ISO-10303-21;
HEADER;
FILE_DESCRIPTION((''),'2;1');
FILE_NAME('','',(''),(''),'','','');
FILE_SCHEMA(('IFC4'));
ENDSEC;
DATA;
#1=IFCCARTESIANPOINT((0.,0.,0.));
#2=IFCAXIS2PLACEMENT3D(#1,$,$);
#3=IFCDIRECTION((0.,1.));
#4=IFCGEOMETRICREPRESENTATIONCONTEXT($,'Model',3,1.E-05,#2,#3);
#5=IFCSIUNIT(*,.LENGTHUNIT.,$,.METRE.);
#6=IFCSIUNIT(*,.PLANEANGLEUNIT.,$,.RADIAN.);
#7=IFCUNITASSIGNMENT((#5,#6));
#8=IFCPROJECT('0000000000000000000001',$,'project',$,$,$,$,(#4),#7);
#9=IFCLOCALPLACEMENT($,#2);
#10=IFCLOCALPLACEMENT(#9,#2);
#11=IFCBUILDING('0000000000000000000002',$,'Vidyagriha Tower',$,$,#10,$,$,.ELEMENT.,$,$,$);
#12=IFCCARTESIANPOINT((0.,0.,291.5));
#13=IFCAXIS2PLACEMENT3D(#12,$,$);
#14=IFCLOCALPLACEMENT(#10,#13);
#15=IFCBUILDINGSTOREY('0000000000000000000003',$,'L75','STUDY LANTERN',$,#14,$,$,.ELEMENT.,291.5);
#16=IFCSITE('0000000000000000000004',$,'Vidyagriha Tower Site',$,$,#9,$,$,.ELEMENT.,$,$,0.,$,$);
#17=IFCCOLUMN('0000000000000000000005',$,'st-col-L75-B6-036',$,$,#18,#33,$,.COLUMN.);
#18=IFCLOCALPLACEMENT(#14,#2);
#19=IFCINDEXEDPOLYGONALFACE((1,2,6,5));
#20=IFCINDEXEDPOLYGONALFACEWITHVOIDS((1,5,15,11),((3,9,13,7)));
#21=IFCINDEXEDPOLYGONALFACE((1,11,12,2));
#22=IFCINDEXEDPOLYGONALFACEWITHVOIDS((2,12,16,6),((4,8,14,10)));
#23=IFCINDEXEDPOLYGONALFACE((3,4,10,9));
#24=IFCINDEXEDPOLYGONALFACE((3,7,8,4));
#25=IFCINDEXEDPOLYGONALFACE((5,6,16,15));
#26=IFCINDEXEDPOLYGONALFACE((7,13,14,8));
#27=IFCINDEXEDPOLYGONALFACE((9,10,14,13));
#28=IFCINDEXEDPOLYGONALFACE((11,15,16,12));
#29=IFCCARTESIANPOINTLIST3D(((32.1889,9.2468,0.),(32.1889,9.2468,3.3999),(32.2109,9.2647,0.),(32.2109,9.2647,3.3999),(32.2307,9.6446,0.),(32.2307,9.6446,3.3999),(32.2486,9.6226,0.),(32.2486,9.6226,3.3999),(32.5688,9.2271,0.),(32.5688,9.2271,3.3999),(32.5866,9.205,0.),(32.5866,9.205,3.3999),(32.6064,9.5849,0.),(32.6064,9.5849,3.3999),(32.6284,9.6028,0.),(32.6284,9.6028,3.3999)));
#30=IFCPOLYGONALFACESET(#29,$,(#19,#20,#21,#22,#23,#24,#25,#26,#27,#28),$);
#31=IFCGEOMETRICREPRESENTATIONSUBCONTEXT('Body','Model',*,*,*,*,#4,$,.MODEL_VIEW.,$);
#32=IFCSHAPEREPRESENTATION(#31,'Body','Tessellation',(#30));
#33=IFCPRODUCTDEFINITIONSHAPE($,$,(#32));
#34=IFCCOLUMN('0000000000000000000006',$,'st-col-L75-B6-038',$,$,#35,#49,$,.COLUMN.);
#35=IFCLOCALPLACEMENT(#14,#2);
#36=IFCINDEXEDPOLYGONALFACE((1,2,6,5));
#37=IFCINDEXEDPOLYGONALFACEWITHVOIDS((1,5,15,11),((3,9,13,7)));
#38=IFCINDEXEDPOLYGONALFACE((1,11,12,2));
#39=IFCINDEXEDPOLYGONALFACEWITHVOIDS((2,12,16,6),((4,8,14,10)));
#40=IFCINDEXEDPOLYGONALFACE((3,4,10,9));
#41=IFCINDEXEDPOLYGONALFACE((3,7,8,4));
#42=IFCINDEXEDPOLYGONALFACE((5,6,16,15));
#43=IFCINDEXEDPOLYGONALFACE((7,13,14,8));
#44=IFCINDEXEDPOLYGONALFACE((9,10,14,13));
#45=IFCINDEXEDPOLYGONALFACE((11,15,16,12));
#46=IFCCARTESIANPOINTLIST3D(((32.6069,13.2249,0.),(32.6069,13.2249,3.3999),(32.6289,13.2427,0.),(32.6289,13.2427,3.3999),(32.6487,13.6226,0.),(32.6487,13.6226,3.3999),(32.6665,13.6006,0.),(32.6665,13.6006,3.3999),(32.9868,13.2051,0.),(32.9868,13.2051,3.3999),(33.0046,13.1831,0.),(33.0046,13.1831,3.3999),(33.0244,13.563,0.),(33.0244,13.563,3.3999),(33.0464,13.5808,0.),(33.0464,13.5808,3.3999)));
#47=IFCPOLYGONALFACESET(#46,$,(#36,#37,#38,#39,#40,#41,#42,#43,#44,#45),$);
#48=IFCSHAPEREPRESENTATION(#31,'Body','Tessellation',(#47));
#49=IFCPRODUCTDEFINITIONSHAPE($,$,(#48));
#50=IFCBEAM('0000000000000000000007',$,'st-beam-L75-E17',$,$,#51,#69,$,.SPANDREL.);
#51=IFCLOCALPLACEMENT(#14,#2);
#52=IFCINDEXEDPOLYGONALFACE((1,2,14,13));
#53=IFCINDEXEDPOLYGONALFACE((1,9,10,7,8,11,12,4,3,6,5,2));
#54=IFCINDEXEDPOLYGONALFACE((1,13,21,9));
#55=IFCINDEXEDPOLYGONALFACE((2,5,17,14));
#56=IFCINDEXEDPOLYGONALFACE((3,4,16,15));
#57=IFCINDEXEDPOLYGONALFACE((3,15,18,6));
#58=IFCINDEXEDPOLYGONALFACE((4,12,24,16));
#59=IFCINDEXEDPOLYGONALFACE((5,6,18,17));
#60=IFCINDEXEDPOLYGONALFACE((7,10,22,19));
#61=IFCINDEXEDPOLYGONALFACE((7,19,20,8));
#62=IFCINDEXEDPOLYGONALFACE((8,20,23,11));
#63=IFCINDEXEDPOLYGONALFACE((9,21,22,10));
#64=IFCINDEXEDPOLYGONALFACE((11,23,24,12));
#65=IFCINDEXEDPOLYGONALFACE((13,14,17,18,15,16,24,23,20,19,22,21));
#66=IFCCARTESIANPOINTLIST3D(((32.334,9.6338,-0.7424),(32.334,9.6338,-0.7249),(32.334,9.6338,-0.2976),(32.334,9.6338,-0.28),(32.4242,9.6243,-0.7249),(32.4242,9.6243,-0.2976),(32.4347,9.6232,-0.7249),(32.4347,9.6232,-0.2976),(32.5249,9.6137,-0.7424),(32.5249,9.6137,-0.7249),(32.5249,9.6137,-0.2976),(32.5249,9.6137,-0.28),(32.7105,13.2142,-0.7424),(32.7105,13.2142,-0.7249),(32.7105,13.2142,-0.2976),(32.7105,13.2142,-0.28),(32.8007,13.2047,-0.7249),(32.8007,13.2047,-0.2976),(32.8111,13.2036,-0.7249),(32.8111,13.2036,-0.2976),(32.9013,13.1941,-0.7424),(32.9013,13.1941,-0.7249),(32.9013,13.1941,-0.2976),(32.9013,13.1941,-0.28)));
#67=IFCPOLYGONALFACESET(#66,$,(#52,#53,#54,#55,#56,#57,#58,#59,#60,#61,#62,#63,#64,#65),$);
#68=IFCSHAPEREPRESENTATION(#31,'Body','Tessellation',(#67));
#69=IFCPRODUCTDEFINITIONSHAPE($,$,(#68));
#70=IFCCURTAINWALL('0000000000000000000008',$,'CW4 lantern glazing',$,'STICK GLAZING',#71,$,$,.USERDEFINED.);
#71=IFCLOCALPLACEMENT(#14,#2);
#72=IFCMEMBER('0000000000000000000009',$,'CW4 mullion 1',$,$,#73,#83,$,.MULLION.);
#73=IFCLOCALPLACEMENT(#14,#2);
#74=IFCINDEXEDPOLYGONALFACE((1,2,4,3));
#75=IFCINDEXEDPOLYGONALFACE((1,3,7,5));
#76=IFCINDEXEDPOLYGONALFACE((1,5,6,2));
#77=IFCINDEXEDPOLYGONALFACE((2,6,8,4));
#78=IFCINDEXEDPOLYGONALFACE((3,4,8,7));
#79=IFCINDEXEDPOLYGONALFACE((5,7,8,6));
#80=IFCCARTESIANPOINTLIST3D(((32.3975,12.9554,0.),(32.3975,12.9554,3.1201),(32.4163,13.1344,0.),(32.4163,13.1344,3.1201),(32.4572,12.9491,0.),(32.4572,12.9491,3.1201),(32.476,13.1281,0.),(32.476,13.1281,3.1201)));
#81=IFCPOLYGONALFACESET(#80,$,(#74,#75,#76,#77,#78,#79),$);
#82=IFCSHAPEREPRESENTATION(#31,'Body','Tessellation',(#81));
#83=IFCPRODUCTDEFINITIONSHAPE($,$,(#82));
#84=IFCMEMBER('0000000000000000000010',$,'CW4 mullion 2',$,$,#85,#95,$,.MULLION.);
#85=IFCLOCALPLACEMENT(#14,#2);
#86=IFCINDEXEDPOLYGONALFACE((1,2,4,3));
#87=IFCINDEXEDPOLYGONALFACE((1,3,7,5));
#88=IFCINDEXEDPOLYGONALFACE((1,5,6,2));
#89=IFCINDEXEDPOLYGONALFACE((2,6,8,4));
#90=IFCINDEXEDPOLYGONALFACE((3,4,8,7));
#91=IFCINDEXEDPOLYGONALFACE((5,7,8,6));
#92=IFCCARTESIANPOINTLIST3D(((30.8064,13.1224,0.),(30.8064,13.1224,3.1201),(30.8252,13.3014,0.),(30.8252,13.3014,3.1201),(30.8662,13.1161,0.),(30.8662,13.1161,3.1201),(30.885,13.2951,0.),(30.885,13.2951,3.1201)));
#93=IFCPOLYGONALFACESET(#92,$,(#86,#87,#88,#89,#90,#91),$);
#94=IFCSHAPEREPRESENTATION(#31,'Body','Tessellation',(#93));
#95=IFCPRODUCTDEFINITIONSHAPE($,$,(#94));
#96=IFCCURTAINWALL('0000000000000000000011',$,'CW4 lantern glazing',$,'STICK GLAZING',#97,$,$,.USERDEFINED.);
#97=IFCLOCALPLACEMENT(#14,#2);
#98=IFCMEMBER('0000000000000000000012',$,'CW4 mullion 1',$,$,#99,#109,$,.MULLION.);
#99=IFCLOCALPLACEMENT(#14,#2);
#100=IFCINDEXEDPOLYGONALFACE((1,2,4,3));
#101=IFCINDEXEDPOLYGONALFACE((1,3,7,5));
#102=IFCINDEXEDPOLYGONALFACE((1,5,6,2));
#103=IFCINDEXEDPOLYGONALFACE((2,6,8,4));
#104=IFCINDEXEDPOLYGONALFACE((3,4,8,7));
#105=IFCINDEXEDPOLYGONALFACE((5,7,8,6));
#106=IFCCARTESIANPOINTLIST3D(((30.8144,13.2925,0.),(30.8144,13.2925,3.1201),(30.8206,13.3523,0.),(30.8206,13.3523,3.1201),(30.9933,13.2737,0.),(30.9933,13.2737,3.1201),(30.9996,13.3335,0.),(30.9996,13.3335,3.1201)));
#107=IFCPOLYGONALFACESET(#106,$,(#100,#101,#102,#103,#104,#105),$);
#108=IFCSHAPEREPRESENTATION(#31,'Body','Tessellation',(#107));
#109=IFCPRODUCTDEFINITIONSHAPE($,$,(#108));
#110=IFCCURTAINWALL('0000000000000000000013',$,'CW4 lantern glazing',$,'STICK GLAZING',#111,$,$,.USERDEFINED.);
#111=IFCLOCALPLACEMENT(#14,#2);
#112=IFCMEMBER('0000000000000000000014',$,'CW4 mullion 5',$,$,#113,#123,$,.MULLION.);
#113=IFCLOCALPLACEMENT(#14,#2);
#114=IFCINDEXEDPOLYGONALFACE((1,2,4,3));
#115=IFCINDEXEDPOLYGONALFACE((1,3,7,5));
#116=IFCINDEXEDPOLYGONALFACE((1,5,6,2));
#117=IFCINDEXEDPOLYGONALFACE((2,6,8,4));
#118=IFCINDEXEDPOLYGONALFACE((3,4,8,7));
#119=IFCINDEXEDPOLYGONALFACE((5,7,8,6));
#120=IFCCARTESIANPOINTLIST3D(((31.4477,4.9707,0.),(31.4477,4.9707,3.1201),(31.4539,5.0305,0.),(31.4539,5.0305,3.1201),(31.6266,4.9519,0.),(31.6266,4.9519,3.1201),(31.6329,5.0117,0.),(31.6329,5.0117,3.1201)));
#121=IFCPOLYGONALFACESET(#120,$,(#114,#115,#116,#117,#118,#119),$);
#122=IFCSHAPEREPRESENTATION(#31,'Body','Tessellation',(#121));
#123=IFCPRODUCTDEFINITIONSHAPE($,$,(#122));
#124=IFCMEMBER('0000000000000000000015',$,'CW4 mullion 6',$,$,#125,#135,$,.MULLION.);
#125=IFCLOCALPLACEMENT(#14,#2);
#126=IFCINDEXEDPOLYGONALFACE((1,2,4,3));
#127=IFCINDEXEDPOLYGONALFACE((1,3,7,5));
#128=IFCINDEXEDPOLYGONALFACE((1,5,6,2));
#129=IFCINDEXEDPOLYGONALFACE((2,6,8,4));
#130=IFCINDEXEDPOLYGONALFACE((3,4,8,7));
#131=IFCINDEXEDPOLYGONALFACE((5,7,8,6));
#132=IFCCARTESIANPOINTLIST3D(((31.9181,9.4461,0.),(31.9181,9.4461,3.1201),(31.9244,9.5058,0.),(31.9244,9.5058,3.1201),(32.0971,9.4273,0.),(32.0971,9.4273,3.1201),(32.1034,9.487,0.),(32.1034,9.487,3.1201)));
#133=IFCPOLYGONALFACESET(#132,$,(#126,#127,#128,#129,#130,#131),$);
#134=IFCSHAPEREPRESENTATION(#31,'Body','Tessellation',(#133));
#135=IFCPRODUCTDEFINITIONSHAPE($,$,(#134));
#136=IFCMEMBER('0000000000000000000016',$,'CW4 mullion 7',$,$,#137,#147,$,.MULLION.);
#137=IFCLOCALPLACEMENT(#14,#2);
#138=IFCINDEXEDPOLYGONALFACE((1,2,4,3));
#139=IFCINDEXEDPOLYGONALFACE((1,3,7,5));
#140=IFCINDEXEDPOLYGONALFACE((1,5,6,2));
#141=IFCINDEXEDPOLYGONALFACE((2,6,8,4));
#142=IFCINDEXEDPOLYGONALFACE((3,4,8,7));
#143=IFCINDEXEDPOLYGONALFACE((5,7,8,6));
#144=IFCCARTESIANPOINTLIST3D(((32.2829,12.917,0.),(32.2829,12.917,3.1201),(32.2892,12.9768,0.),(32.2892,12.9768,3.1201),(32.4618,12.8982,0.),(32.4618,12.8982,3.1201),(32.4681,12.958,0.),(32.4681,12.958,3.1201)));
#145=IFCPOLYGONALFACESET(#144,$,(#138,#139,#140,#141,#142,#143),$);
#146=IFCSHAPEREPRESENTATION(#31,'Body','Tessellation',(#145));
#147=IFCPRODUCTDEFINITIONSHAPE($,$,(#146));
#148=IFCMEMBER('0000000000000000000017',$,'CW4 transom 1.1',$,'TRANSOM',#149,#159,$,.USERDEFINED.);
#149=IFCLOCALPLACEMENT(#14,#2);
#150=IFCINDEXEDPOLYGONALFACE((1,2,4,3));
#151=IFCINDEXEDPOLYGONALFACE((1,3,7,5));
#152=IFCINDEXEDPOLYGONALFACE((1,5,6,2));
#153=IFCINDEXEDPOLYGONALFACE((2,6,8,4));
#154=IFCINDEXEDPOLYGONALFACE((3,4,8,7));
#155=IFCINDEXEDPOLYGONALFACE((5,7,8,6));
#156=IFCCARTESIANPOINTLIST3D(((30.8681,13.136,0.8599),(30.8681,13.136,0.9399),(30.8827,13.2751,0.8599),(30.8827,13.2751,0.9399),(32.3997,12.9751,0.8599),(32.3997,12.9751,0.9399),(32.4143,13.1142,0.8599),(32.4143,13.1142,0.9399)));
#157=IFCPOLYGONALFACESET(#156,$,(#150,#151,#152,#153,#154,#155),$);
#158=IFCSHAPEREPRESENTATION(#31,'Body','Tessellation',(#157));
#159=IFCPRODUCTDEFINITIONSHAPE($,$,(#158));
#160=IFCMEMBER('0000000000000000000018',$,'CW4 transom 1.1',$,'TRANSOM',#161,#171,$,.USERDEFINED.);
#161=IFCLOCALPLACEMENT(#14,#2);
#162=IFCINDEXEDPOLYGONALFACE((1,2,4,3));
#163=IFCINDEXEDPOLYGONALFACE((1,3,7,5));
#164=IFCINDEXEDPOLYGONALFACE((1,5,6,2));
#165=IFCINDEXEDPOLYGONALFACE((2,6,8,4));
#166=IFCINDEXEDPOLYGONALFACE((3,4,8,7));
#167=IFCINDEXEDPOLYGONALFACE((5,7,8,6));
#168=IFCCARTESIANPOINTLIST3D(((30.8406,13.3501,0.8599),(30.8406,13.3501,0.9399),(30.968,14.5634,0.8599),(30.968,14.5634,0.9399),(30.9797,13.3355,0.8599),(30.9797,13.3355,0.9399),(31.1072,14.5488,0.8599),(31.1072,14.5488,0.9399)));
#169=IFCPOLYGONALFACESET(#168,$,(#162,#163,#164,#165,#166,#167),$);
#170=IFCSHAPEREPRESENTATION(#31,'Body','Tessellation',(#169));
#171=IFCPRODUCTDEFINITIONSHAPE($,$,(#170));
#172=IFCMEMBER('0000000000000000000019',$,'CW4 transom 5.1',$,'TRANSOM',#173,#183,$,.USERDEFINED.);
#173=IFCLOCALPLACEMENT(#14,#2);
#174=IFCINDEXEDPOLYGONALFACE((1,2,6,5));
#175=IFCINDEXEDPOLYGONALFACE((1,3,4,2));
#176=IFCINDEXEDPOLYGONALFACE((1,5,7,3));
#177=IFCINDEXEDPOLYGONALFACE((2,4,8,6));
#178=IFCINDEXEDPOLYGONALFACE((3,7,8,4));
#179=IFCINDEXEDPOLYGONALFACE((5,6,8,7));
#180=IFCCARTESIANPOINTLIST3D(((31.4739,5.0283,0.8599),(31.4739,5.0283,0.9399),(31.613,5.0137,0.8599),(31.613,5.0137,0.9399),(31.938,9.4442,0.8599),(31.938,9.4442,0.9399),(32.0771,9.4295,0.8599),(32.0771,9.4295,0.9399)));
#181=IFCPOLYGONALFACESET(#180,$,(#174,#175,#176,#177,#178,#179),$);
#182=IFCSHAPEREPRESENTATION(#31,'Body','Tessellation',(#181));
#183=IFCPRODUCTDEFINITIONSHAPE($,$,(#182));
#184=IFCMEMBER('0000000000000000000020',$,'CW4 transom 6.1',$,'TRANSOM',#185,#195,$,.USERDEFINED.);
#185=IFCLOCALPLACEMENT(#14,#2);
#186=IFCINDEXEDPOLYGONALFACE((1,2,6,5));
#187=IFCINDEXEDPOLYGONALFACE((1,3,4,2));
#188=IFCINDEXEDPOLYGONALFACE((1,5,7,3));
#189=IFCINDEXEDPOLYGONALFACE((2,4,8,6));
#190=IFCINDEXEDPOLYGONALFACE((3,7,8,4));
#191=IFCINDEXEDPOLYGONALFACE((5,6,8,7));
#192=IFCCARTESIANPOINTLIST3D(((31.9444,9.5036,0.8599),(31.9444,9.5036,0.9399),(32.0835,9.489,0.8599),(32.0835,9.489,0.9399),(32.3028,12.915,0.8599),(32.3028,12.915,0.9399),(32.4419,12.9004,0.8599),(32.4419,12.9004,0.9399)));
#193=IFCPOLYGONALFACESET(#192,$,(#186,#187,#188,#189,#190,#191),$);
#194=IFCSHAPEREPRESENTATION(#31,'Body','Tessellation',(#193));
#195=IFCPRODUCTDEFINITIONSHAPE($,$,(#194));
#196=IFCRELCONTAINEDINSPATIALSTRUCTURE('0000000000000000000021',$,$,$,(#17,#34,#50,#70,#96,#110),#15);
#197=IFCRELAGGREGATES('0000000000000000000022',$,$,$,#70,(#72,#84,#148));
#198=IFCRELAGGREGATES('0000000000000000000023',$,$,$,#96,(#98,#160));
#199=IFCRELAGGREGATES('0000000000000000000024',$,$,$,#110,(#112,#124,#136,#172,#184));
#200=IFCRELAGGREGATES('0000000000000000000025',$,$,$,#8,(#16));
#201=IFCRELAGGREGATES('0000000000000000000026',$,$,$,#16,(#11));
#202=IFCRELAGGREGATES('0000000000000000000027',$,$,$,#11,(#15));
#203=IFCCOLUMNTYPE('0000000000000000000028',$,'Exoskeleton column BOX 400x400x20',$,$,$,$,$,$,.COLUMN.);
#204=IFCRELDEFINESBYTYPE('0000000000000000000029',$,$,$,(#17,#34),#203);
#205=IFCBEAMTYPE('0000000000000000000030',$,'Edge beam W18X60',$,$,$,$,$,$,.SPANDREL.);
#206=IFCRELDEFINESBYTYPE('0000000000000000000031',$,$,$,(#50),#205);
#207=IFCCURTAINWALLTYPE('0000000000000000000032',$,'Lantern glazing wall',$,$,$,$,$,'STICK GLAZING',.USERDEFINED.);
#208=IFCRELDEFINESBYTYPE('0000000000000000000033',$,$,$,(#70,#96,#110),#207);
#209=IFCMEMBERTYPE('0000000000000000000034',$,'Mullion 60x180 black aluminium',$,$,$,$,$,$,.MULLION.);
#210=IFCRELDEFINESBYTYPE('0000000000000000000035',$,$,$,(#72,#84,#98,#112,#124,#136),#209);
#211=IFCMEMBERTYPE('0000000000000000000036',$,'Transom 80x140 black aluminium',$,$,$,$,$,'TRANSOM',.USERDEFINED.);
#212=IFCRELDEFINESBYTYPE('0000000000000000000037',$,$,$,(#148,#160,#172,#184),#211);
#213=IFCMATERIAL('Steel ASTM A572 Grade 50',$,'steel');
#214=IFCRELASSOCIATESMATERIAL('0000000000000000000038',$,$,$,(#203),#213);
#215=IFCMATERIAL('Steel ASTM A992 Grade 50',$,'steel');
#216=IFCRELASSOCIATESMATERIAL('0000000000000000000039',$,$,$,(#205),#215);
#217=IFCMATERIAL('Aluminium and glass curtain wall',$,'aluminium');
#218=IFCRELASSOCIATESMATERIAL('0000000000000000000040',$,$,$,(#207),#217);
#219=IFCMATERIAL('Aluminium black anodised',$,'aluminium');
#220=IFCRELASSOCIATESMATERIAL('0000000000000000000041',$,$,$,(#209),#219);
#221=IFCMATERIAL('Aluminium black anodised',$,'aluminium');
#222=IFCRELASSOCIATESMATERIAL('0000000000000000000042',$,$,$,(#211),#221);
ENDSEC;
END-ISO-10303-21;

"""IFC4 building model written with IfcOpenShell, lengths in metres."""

from ifc_helpers import new_model, si_unit, direction, frame, origin, origin_2d, place, context, subcontext, project, spatial, rectangle, hollow_rectangle, i_section, extrude, material, material_profile, profile_set, type_object, element, aggregate, save


model = new_model("IFC4")

# Units and contexts
model_context = context("Model", 3, precision=1e-05, world=origin(), true_north=direction((0.0, 1.0)))
body_context = subcontext(model_context, "Body", "Model", "MODEL_VIEW")
ifc_project = project(units=[si_unit("LENGTHUNIT", "METRE"), si_unit("PLANEANGLEUNIT", "RADIAN")], contexts=[model_context])

# Site, building, storey
site_placement = place(None, origin())
site = spatial("IfcSite", under=ifc_project, at=site_placement, Name="Vidyagriha Tower Site", CompositionType="ELEMENT", RefElevation=0.0)
building_placement = place(site_placement, origin())
building = spatial("IfcBuilding", under=site, at=building_placement, Name="Vidyagriha Tower", CompositionType="ELEMENT")
storey_placement = place(building_placement, frame((0.0, 0.0, 291.5)))
storey = spatial("IfcBuildingStorey", under=building, at=storey_placement, Name="L75", Description="STUDY LANTERN", CompositionType="ELEMENT", Elevation=291.5)

# Columns
ifc_material_1 = material(Name="Steel ASTM A572 Grade 50", Category="steel")
ifc_material_profile_1 = material_profile(ifc_material_1, hollow_rectangle(XDim=0.3999, YDim=0.3999, WallThickness=0.02, at=origin_2d()), Name="BOX 400x400x20")
ifc_profile_set_1 = profile_set([ifc_material_profile_1], Name="Steel ASTM A572 Grade 50")
column_type = type_object("IfcColumnType", Name="Exoskeleton column BOX 400x400x20", PredefinedType="COLUMN", material=ifc_profile_set_1)
for number, where, z_axis, x_axis, name in (
    (1, (32.4087, 9.4248, 0.0), (0.0, 0.0, 1.0), (0.994522, -0.104528, 0.0), "st-col-L75-B6-036"),
    (2, (32.8267, 13.4028, 0.0), (0.0, 0.0, 1.0), (0.994522, -0.104528, 0.0), "st-col-L75-B6-038"),
):
    element("IfcColumn", number, at=place(storey_placement, frame(where, z_axis=z_axis, x_axis=x_axis)), inside=storey, type_object=column_type, Name=name, PredefinedType="COLUMN", context=body_context, shape_type="SweptSolid", body=[
        extrude(hollow_rectangle(XDim=0.3999, YDim=0.3999, WallThickness=0.02, at=origin_2d()), origin(), (0.0, 0.0, 1.0), 3.3999),
    ])

# Beam
ifc_material_2 = material(Name="Steel ASTM A992 Grade 50", Category="steel")
ifc_material_profile_2 = material_profile(ifc_material_2, i_section(OverallWidth=0.1919, OverallDepth=0.4624, WebThickness=0.0105, FlangeThickness=0.0176, at=origin_2d()), Name="W18X60")
ifc_profile_set_2 = profile_set([ifc_material_profile_2], Name="Steel ASTM A992 Grade 50")
beam_type = type_object("IfcBeamType", Name="Edge beam W18X60", PredefinedType="SPANDREL", material=ifc_profile_set_2)
beam_placement = place(storey_placement, frame((32.4294, 9.6238, -0.5112), z_axis=(0.104572, 0.994517, 0.0), x_axis=(-0.994517, 0.104572, 0.0)))
element("IfcBeam", 3, at=beam_placement, inside=storey, type_object=beam_type, Name="st-beam-L75-E17", PredefinedType="SPANDREL", context=body_context, shape_type="SweptSolid", body=[
    extrude(i_section(OverallWidth=0.1919, OverallDepth=0.4624, WebThickness=0.0105, FlangeThickness=0.0176, at=origin_2d()), origin(), (0.0, 0.0, 1.0), 3.6001),
])

# Curtain wall, members
ifc_material_3 = material(Name="Aluminium and glass curtain wall", Category="aluminium")
curtain_wall_type = type_object("IfcCurtainWallType", Name="Lantern glazing wall", ElementType="STICK GLAZING", PredefinedType="USERDEFINED", material=ifc_material_3)
curtain_wall_1_placement = place(storey_placement, origin())
curtain_wall_1 = element("IfcCurtainWall", 4, at=curtain_wall_1_placement, inside=storey, type_object=curtain_wall_type, Name="CW4 lantern glazing", ObjectType="STICK GLAZING", PredefinedType="USERDEFINED")
ifc_material_4 = material(Name="Aluminium black anodised", Category="aluminium")
ifc_material_profile_3 = material_profile(ifc_material_4, rectangle(XDim=0.1799, YDim=0.0601, at=origin_2d()), Name="Mullion 60x180 black aluminium")
ifc_profile_set_3 = profile_set([ifc_material_profile_3], Name="Aluminium black anodised")
member_type_1 = type_object("IfcMemberType", Name="Mullion 60x180 black aluminium", PredefinedType="MULLION", material=ifc_profile_set_3)
member_1_placement = place(storey_placement, frame((32.4368, 13.0417, 0.0), z_axis=(0.0, 0.0, 1.0), x_axis=(-0.104465, -0.994529, 0.0)))
member_1 = element("IfcMember", 5, at=member_1_placement, type_object=member_type_1, Name="CW4 mullion 1", PredefinedType="MULLION", context=body_context, shape_type="SweptSolid", body=[
    extrude(rectangle(XDim=0.1799, YDim=0.0601, at=origin_2d()), origin(), (0.0, 0.0, 1.0), 3.1201),
])
member_2_placement = place(storey_placement, frame((30.8457, 13.2087, 0.0), z_axis=(0.0, 0.0, 1.0), x_axis=(-0.104465, -0.994529, 0.0)))
member_2 = element("IfcMember", 6, at=member_2_placement, type_object=member_type_1, Name="CW4 mullion 2", PredefinedType="MULLION", context=body_context, shape_type="SweptSolid", body=[
    extrude(rectangle(XDim=0.1799, YDim=0.0601, at=origin_2d()), origin(), (0.0, 0.0, 1.0), 3.1201),
])

# Curtain wall, member
curtain_wall_2_placement = place(storey_placement, origin())
curtain_wall_2 = element("IfcCurtainWall", 7, at=curtain_wall_2_placement, inside=storey, type_object=curtain_wall_type, Name="CW4 lantern glazing", ObjectType="STICK GLAZING", PredefinedType="USERDEFINED")
member_3_placement = place(storey_placement, frame((30.907, 13.313, 0.0), z_axis=(0.0, 0.0, 1.0), x_axis=(-0.994528, 0.104475, 0.0)))
member_3 = element("IfcMember", 8, at=member_3_placement, type_object=member_type_1, Name="CW4 mullion 1", PredefinedType="MULLION", context=body_context, shape_type="SweptSolid", body=[
    extrude(rectangle(XDim=0.1799, YDim=0.0601, at=origin_2d()), origin(), (0.0, 0.0, 1.0), 3.1201),
])

# Curtain wall, members
curtain_wall_3_placement = place(storey_placement, origin())
curtain_wall_3 = element("IfcCurtainWall", 9, at=curtain_wall_3_placement, inside=storey, type_object=curtain_wall_type, Name="CW4 lantern glazing", ObjectType="STICK GLAZING", PredefinedType="USERDEFINED")
member_4_placement = place(storey_placement, frame((31.5403, 4.9912, 0.0), z_axis=(0.0, 0.0, 1.0), x_axis=(-0.994522, 0.104527, 0.0)))
member_4 = element("IfcMember", 10, at=member_4_placement, type_object=member_type_1, Name="CW4 mullion 5", PredefinedType="MULLION", context=body_context, shape_type="SweptSolid", body=[
    extrude(rectangle(XDim=0.1799, YDim=0.0601, at=origin_2d()), origin(), (0.0, 0.0, 1.0), 3.1201),
])
member_5_placement = place(storey_placement, frame((32.0107, 9.4666, 0.0), z_axis=(0.0, 0.0, 1.0), x_axis=(-0.994522, 0.104527, 0.0)))
member_5 = element("IfcMember", 11, at=member_5_placement, type_object=member_type_1, Name="CW4 mullion 6", PredefinedType="MULLION", context=body_context, shape_type="SweptSolid", body=[
    extrude(rectangle(XDim=0.1799, YDim=0.0601, at=origin_2d()), origin(), (0.0, 0.0, 1.0), 3.1201),
])
member_6_placement = place(storey_placement, frame((32.3755, 12.9375, 0.0), z_axis=(0.0, 0.0, 1.0), x_axis=(-0.994522, 0.104527, 0.0)))
member_6 = element("IfcMember", 12, at=member_6_placement, type_object=member_type_1, Name="CW4 mullion 7", PredefinedType="MULLION", context=body_context, shape_type="SweptSolid", body=[
    extrude(rectangle(XDim=0.1799, YDim=0.0601, at=origin_2d()), origin(), (0.0, 0.0, 1.0), 3.1201),
])

# Members
ifc_material_5 = material(Name="Aluminium black anodised", Category="aluminium")
ifc_material_profile_4 = material_profile(ifc_material_5, rectangle(XDim=0.1399, YDim=0.0801, at=origin_2d()), Name="Transom 80x140 black aluminium")
ifc_profile_set_4 = profile_set([ifc_material_profile_4], Name="Aluminium black anodised")
member_type_2 = type_object("IfcMemberType", Name="Transom 80x140 black aluminium", ElementType="TRANSOM", PredefinedType="USERDEFINED", material=ifc_profile_set_4)
member_7_placement = place(storey_placement, frame((32.407, 13.0447, 0.8999), z_axis=(-0.994527, 0.104478, 0.0), x_axis=(-0.104478, -0.994527, 0.0)))
member_7 = element("IfcMember", 13, at=member_7_placement, type_object=member_type_2, Name="CW4 transom 1.1", ObjectType="TRANSOM", PredefinedType="USERDEFINED", context=body_context, shape_type="SweptSolid", body=[
    extrude(rectangle(XDim=0.1399, YDim=0.0801, at=origin_2d()), origin(), (0.0, 0.0, 1.0), 1.54),
])
member_8_placement = place(storey_placement, frame((30.9102, 13.3428, 0.8999), z_axis=(0.104456, 0.99453, 0.0), x_axis=(-0.99453, 0.104456, 0.0)))
member_8 = element("IfcMember", 14, at=member_8_placement, type_object=member_type_2, Name="CW4 transom 1.1", ObjectType="TRANSOM", PredefinedType="USERDEFINED", context=body_context, shape_type="SweptSolid", body=[
    extrude(rectangle(XDim=0.1399, YDim=0.0801, at=origin_2d()), origin(), (0.0, 0.0, 1.0), 1.22),
])
member_9_placement = place(storey_placement, frame((31.5435, 5.021, 0.8999), z_axis=(0.104527, 0.994522, 0.0), x_axis=(-0.994522, 0.104527, 0.0)))
member_9 = element("IfcMember", 15, at=member_9_placement, type_object=member_type_2, Name="CW4 transom 5.1", ObjectType="TRANSOM", PredefinedType="USERDEFINED", context=body_context, shape_type="SweptSolid", body=[
    extrude(rectangle(XDim=0.1399, YDim=0.0801, at=origin_2d()), origin(), (0.0, 0.0, 1.0), 4.4402),
])
member_10_placement = place(storey_placement, frame((32.0139, 9.4963, 0.8999), z_axis=(0.104485, 0.994526, 0.0), x_axis=(-0.994526, 0.104485, 0.0)))
member_10 = element("IfcMember", 16, at=member_10_placement, type_object=member_type_2, Name="CW4 transom 6.1", ObjectType="TRANSOM", PredefinedType="USERDEFINED", context=body_context, shape_type="SweptSolid", body=[
    extrude(rectangle(XDim=0.1399, YDim=0.0801, at=origin_2d()), origin(), (0.0, 0.0, 1.0), 3.4302),
])

aggregate(curtain_wall_1, [member_1, member_2, member_7])
aggregate(curtain_wall_2, [member_3, member_8])
aggregate(curtain_wall_3, [member_4, member_5, member_6, member_9, member_10])

save(model, "model.ifc")
